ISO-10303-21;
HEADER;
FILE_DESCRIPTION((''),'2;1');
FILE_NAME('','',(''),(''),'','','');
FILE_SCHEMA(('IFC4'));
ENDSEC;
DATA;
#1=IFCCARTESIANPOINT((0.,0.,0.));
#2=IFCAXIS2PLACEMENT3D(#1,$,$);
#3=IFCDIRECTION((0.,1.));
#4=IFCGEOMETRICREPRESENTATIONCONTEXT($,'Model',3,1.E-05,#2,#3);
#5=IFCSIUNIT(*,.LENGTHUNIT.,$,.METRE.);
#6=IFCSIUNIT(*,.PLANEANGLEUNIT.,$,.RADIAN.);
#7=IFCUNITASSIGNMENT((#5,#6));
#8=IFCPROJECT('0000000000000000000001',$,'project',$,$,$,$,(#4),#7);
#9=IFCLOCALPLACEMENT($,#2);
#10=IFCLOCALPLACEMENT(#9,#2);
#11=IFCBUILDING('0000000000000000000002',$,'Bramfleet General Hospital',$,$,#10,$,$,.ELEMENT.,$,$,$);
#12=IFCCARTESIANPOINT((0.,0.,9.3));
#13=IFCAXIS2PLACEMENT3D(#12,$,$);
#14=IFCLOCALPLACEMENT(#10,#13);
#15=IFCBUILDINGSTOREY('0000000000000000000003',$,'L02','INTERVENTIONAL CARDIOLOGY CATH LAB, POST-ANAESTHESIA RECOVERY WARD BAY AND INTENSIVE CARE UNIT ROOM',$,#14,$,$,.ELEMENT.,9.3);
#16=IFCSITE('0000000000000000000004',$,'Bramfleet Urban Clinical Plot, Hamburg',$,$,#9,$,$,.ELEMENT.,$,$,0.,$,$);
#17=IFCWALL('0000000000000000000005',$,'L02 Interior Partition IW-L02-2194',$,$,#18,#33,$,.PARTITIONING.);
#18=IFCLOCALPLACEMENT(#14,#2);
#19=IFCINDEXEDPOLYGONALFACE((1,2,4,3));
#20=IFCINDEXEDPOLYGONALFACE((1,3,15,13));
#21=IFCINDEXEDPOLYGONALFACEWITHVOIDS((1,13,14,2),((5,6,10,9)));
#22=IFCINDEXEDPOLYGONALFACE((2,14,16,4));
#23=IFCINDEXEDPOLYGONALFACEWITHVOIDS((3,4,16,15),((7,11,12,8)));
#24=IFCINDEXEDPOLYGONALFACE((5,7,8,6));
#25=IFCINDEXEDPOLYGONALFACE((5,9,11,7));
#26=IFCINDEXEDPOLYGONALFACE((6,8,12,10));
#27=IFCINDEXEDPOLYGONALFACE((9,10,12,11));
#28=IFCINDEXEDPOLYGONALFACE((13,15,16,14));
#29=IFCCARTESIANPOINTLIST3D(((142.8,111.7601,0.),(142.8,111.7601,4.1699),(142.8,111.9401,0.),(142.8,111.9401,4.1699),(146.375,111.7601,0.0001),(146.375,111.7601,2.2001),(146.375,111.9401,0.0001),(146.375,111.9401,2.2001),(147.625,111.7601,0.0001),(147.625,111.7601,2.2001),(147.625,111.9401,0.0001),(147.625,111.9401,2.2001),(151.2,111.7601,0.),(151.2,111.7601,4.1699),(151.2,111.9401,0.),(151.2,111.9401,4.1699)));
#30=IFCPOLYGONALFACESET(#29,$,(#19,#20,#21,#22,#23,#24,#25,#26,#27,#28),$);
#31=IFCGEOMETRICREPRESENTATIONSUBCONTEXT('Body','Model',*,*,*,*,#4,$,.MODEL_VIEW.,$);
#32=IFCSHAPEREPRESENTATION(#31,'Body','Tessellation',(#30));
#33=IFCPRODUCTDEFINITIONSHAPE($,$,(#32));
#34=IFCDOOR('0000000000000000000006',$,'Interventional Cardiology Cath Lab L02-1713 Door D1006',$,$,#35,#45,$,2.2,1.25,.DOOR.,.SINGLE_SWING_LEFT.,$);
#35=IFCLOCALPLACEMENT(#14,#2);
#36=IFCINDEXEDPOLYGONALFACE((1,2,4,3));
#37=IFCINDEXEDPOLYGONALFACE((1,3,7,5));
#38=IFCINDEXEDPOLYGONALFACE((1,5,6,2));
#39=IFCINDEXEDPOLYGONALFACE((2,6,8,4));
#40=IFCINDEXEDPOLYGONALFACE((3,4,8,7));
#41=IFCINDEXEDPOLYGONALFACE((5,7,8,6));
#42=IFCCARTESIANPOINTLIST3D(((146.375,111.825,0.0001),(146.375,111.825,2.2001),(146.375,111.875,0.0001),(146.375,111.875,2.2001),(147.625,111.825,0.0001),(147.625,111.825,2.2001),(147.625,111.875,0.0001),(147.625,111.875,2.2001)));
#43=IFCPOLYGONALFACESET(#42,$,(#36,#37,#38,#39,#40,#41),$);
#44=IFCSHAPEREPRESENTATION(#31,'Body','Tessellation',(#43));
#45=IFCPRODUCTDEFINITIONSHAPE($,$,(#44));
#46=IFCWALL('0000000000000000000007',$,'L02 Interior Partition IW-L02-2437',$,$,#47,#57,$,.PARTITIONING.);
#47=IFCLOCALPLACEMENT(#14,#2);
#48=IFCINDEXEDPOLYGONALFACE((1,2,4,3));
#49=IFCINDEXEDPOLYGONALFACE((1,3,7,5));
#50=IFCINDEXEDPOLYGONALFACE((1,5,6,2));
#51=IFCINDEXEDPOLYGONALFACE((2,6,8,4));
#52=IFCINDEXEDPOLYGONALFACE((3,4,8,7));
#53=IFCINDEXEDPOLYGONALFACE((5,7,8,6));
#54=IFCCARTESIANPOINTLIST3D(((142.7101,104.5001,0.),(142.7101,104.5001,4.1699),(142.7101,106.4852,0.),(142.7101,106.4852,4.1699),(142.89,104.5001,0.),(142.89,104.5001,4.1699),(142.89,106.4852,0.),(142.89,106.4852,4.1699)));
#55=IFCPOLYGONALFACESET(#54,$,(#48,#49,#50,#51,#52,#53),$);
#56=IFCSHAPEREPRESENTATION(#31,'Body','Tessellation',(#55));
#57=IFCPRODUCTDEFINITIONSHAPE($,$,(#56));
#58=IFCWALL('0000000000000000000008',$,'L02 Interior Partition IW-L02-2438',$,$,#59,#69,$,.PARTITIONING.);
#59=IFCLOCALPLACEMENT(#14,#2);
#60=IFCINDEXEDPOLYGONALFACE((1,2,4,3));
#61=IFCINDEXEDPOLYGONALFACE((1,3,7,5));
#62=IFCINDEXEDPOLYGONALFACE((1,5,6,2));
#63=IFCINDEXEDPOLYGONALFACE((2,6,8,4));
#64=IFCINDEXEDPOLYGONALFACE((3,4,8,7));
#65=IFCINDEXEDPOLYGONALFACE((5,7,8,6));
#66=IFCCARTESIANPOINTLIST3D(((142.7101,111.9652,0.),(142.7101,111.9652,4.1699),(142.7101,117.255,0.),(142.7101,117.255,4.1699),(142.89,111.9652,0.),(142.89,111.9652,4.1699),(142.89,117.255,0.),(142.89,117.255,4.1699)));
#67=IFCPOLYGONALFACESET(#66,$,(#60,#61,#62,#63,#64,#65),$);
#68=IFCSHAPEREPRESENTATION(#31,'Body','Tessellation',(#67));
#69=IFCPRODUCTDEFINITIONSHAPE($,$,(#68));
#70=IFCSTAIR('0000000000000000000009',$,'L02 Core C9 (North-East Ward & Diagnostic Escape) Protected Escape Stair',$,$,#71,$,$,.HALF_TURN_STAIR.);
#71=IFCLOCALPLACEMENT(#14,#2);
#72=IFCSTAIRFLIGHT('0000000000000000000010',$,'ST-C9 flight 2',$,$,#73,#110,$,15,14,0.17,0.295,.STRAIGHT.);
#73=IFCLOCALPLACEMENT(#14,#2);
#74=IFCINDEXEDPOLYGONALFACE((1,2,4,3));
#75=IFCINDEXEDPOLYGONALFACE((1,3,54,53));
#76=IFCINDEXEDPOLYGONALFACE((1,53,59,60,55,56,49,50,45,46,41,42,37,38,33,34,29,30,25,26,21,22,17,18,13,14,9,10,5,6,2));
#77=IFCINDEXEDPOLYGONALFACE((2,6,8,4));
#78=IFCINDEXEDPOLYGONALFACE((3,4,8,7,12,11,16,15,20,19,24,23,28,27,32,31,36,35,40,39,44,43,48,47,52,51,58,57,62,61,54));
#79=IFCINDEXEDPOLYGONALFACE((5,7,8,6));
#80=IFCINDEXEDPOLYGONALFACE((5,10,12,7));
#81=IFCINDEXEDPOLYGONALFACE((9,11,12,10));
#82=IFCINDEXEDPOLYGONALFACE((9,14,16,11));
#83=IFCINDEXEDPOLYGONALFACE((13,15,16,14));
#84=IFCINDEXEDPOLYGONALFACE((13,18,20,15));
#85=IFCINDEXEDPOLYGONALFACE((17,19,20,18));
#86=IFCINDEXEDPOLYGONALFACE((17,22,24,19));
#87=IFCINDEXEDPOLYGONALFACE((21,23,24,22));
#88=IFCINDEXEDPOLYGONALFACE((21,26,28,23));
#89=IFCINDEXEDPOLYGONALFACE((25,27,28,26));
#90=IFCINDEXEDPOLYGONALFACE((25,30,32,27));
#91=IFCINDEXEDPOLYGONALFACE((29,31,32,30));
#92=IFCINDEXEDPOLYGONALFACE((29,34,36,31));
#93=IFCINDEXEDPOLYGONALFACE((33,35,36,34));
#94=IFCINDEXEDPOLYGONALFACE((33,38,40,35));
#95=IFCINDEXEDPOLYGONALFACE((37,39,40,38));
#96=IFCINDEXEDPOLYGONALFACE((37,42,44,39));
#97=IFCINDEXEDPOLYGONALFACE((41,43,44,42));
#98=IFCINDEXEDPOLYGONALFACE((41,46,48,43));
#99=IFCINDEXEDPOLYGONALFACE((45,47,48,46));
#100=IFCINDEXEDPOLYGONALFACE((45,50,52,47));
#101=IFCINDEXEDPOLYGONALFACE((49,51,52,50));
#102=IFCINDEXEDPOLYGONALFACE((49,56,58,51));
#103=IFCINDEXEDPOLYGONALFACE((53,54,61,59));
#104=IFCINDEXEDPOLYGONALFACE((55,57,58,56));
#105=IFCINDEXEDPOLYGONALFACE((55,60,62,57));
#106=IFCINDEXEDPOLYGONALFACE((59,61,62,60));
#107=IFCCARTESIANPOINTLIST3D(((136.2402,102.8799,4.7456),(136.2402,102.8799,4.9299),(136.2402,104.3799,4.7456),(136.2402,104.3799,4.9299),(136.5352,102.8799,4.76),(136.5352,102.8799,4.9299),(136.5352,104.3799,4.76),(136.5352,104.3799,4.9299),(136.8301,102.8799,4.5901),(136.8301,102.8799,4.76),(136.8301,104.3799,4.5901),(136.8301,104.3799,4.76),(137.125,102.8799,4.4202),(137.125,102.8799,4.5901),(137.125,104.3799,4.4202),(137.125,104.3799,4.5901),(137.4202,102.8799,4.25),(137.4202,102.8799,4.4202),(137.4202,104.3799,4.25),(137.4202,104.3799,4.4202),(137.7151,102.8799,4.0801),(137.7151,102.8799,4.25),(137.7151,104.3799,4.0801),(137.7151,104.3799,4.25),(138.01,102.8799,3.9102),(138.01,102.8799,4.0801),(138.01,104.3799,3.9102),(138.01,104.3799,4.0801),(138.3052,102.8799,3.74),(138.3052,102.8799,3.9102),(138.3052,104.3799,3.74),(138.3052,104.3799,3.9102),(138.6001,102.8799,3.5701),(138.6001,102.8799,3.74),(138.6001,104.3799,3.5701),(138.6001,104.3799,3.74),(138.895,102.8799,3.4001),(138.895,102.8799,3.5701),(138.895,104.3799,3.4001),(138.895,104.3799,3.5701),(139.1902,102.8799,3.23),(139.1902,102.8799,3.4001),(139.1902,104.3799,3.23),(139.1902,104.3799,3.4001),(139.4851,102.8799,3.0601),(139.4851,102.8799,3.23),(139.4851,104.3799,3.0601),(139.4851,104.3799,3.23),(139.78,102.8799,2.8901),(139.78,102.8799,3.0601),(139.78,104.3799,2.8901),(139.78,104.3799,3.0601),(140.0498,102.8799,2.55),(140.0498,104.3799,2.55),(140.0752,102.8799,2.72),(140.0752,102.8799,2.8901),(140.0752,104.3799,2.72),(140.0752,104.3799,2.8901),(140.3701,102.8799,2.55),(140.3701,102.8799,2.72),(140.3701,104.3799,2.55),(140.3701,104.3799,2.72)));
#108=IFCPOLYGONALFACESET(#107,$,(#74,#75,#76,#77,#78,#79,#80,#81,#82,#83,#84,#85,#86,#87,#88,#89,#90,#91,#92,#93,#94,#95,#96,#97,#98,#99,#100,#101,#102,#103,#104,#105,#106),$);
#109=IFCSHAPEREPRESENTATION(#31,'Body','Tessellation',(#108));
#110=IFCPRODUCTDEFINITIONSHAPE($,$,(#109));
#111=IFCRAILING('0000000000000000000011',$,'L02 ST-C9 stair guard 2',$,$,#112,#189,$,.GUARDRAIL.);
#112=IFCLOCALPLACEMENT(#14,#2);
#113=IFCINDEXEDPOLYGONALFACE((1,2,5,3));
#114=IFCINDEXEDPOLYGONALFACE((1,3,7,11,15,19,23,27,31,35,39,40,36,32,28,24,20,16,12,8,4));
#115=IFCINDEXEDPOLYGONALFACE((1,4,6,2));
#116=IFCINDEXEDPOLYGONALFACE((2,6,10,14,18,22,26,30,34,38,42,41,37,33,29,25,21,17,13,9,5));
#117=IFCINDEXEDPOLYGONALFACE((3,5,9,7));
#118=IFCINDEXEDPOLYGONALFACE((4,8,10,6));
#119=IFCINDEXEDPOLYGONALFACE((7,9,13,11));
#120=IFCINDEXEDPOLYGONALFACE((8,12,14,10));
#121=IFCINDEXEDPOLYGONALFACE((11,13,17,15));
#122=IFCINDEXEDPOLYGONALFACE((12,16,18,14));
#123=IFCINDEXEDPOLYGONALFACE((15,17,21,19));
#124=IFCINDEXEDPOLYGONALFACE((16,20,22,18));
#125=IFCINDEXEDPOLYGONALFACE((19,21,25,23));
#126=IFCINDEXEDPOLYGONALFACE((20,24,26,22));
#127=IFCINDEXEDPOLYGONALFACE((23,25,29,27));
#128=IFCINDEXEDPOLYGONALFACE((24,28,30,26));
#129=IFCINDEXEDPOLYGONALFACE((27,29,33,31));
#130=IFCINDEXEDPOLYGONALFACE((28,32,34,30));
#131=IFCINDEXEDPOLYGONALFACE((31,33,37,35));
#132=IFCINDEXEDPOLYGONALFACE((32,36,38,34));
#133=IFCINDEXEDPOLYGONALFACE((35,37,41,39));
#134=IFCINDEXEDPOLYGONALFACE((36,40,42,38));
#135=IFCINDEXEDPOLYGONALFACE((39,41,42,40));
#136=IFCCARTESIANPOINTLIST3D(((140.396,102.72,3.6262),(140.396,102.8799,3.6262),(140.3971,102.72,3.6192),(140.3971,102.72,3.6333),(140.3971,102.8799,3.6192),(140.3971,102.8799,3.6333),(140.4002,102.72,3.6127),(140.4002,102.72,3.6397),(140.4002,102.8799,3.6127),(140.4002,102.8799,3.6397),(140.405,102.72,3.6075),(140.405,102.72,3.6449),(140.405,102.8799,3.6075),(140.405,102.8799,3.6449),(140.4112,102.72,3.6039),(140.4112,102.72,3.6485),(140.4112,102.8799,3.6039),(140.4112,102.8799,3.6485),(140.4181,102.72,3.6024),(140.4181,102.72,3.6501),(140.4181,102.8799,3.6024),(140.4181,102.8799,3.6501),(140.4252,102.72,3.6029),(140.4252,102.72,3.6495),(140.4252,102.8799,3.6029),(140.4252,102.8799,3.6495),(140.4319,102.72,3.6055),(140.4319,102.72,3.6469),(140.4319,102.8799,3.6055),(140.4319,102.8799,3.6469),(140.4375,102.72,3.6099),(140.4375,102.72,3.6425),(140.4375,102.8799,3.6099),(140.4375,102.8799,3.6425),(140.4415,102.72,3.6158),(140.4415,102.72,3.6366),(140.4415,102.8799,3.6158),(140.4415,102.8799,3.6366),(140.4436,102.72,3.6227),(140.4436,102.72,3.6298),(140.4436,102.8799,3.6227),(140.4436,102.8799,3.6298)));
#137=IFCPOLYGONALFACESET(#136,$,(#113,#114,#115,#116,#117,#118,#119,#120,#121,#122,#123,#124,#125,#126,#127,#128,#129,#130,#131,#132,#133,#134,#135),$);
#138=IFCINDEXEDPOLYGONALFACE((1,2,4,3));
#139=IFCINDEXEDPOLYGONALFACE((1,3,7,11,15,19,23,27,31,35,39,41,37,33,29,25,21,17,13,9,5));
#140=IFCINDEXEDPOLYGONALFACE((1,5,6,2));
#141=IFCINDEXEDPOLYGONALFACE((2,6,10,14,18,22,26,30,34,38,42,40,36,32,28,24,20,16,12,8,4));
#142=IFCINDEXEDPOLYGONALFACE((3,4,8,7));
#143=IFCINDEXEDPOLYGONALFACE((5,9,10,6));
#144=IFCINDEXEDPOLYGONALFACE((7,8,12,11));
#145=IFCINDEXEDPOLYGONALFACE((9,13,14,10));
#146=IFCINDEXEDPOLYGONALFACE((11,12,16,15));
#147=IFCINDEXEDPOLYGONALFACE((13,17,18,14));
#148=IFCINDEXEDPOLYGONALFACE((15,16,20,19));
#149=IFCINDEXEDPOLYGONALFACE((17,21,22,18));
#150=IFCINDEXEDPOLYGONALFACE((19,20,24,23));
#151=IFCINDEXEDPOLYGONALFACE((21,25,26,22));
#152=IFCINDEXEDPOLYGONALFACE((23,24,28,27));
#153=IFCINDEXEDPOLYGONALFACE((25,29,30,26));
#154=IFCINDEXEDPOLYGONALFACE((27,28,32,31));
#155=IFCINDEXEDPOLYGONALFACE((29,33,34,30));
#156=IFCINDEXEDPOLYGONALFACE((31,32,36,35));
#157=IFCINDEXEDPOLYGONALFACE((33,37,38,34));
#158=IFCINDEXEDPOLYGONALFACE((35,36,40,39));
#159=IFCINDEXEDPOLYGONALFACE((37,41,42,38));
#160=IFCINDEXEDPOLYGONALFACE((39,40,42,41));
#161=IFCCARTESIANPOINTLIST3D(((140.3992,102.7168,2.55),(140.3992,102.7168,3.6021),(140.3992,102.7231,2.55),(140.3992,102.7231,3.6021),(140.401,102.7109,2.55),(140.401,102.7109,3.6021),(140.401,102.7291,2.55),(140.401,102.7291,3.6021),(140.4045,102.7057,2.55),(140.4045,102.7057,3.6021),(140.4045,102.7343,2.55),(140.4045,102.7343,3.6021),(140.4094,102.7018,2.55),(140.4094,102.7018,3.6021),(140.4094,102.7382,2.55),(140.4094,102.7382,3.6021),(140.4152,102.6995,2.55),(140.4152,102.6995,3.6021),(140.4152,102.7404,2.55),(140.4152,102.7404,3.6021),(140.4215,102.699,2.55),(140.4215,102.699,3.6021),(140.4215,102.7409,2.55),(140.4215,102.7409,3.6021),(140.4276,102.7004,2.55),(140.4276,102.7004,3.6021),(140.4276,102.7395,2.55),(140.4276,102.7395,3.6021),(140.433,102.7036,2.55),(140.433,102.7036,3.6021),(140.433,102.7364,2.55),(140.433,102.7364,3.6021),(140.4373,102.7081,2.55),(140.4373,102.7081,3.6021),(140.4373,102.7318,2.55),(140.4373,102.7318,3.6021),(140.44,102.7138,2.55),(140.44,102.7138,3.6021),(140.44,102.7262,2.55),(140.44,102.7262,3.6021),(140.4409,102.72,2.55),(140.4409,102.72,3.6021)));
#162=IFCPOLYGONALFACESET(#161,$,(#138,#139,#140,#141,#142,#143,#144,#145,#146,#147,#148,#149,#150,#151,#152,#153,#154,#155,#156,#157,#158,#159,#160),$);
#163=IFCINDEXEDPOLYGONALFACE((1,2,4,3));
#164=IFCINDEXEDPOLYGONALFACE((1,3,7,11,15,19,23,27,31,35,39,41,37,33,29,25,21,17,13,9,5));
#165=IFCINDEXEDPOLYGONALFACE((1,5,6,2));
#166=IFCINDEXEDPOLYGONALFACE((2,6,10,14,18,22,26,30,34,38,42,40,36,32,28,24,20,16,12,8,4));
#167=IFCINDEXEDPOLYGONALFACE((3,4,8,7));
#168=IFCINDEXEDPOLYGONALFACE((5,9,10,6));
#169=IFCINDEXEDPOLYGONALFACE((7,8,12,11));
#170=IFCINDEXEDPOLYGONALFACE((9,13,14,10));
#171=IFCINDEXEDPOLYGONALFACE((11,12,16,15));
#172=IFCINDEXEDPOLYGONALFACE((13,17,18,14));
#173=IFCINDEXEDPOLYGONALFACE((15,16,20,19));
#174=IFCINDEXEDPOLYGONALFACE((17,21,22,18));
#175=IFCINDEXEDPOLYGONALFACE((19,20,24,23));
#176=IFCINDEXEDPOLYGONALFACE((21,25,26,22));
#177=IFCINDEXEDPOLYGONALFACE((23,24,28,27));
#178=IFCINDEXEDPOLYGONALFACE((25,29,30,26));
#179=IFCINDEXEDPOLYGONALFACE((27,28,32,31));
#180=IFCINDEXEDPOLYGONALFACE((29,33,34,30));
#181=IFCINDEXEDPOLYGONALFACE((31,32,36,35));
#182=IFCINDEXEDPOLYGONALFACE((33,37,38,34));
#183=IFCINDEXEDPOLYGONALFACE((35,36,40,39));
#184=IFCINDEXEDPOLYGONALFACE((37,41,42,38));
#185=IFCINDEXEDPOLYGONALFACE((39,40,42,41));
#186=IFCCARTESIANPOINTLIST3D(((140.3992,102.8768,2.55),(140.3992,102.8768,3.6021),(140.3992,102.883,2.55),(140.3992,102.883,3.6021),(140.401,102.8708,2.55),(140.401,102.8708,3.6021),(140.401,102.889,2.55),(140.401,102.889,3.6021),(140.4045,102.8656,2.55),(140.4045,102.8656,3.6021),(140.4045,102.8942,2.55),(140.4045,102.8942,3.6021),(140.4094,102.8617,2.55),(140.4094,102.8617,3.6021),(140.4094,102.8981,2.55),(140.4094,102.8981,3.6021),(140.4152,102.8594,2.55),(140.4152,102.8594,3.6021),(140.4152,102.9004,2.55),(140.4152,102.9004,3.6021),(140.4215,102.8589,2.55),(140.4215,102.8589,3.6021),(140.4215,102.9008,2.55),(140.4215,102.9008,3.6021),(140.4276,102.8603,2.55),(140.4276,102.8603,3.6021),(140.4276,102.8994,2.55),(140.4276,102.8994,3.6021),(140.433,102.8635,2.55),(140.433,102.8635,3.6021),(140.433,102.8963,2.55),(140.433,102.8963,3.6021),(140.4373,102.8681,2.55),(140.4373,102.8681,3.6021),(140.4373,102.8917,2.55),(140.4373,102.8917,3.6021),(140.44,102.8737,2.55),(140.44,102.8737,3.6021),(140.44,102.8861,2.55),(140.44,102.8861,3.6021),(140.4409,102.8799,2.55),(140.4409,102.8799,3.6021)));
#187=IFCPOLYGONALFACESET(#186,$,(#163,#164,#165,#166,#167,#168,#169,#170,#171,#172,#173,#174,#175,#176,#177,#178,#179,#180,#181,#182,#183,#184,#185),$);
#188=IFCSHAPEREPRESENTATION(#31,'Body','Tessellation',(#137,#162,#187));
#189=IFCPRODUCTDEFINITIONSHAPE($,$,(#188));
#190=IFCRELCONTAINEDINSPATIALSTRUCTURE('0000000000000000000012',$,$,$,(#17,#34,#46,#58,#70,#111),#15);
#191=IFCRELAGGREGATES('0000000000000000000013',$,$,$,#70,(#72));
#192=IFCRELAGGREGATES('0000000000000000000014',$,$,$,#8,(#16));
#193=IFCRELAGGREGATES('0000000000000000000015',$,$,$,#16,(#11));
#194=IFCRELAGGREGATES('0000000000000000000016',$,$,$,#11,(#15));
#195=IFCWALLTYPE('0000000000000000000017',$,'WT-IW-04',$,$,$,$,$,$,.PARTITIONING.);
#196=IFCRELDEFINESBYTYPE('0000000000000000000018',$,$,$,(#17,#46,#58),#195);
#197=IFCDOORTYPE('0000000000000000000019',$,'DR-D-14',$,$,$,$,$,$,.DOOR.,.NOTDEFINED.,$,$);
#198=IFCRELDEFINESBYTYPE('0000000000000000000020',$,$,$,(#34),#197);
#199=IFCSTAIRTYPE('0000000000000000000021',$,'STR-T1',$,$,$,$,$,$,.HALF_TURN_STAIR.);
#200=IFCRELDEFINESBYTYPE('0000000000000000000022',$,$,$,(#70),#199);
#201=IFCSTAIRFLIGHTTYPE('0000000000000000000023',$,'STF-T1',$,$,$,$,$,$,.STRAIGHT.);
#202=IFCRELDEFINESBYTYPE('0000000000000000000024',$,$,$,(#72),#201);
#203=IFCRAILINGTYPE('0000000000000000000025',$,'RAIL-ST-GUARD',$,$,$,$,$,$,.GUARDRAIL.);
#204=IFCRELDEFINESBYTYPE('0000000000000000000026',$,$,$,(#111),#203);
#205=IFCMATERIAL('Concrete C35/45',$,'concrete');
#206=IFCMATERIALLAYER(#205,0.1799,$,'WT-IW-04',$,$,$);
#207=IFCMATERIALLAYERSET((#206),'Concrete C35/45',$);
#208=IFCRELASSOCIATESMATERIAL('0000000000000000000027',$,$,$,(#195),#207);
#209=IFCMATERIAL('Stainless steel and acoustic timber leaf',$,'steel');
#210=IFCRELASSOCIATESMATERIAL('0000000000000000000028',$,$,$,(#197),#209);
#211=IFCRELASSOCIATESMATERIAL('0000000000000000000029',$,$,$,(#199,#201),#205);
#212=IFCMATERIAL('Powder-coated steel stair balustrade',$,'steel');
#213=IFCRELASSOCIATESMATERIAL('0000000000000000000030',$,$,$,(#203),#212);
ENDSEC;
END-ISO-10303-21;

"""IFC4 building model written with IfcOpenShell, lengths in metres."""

from ifc_helpers import new_model, si_unit, direction, frame, frame_2d, origin, origin_2d, place, context, subcontext, project, spatial, polyline, rectangle, circle, outline, extrude, material, layer, layer_set, type_object, element, fill, aggregate, save


model = new_model("IFC4")

# Units and contexts
model_context = context("Model", 3, precision=1e-05, world=origin(), true_north=direction((0.0, 1.0)))
body_context = subcontext(model_context, "Body", "Model", "MODEL_VIEW")
ifc_project = project(units=[si_unit("LENGTHUNIT", "METRE"), si_unit("PLANEANGLEUNIT", "RADIAN")], contexts=[model_context])

# Site, building, storey
site_placement = place(None, origin())
site = spatial("IfcSite", under=ifc_project, at=site_placement, Name="Bramfleet Urban Clinical Plot, Hamburg", CompositionType="ELEMENT", RefElevation=0.0)
building_placement = place(site_placement, origin())
building = spatial("IfcBuilding", under=site, at=building_placement, Name="Bramfleet General Hospital", CompositionType="ELEMENT")
storey_placement = place(building_placement, frame((0.0, 0.0, 9.3)))
storey = spatial("IfcBuildingStorey", under=building, at=storey_placement, Name="L02", Description="INTERVENTIONAL CARDIOLOGY CATH LAB, POST-ANAESTHESIA RECOVERY WARD BAY AND INTENSIVE CARE UNIT ROOM", CompositionType="ELEMENT", Elevation=9.3)

# Shared definitions
ifc_material_1 = material(Name="Concrete C35/45", Category="concrete")

# Shared definitions
ifc_layer_1 = layer(ifc_material_1, 0.1799, Name="WT-IW-04")
ifc_layer_set_1 = layer_set([ifc_layer_1], Name="Concrete C35/45")
wall_type_1 = type_object("IfcWallType", Name="WT-IW-04", PredefinedType="PARTITIONING", material=ifc_layer_set_1)
ifc_material_2 = material(Name="Stainless steel and acoustic timber leaf", Category="steel")

# Wall, opening, door
wall_1_placement = place(storey_placement, frame((142.8, 111.8501, 0.0), z_axis=(0.0, 0.0, 1.0), x_axis=(1.0, 0.0, 0.0)))
wall_1 = element("IfcWall", 1, at=wall_1_placement, inside=storey, type_object=wall_type_1, Name="L02 Interior Partition IW-L02-2194", PredefinedType="PARTITIONING", context=body_context, shape_type="SweptSolid", body=[
    extrude(rectangle(XDim=8.3999, YDim=0.1799, at=frame_2d((4.2, 0.0))), origin(), (0.0, 0.0, 1.0), 4.1699),
])
opening_1_placement = place(wall_1_placement, frame((3.575, 0.0, 0.0)))
opening_1 = element("IfcOpeningElement", 2, at=opening_1_placement, cuts=wall_1, PredefinedType="OPENING", context=body_context, shape_type="SweptSolid", body=[
    extrude(rectangle(XDim=1.25, YDim=2.2, at=frame_2d((0.625, 1.1001))), frame((0.0, 0.0999, 0.0), z_axis=(0.0, -1.0, 0.0), x_axis=(1.0, 0.0, 0.0)), (0.0, 0.0, 1.0), 0.2),
])
door_type_1 = type_object("IfcDoorType", Name="DR-D-14", OperationType="NOTDEFINED", PredefinedType="DOOR", material=ifc_material_2)
door_1_placement = place(opening_1_placement, origin())
door_1 = element("IfcDoor", 3, at=door_1_placement, inside=storey, type_object=door_type_1, Name="Interventional Cardiology Cath Lab L02-1713 Door D1006", OperationType="SINGLE_SWING_LEFT", OverallHeight=2.2, OverallWidth=1.25, PredefinedType="DOOR", context=body_context, shape_type="SweptSolid", body=[
    extrude(rectangle(XDim=1.25, YDim=2.2, at=frame_2d((0.625, 1.1001))), frame((0.0, 0.0249, 0.0), z_axis=(0.0, -1.0, 0.0), x_axis=(1.0, 0.0, 0.0)), (0.0, 0.0, 1.0), 0.05),
])
fill(opening_1, door_1)

# Walls
wall_2_placement = place(storey_placement, frame((142.8, 104.5, 0.0), z_axis=(0.0, 0.0, 1.0), x_axis=(0.0, 1.0, 0.0)))
element("IfcWall", 4, at=wall_2_placement, inside=storey, type_object=wall_type_1, Name="L02 Interior Partition IW-L02-2437", PredefinedType="PARTITIONING", context=body_context, shape_type="SweptSolid", body=[
    extrude(rectangle(XDim=1.9851, YDim=0.1799, at=frame_2d((0.9927, 0.0))), origin(), (0.0, 0.0, 1.0), 4.1699),
])
wall_3_placement = place(storey_placement, frame((142.8, 111.9651, 0.0), z_axis=(0.0, 0.0, 1.0), x_axis=(0.0, 1.0, 0.0)))
element("IfcWall", 5, at=wall_3_placement, inside=storey, type_object=wall_type_1, Name="L02 Interior Partition IW-L02-2438", PredefinedType="PARTITIONING", context=body_context, shape_type="SweptSolid", body=[
    extrude(rectangle(XDim=5.2898, YDim=0.1799, at=frame_2d((2.645, 0.0))), origin(), (0.0, 0.0, 1.0), 4.1699),
])

# Stair, stair flight
stair_type = type_object("IfcStairType", Name="STR-T1", PredefinedType="HALF_TURN_STAIR", material=ifc_material_1)
stair_placement = place(storey_placement, origin())
stair = element("IfcStair", 6, at=stair_placement, inside=storey, type_object=stair_type, Name="L02 Core C9 (North-East Ward & Diagnostic Escape) Protected Escape Stair", PredefinedType="HALF_TURN_STAIR")
stair_flight_type = type_object("IfcStairFlightType", Name="STF-T1", PredefinedType="STRAIGHT", material=ifc_material_1)
stair_flight_placement = place(storey_placement, frame((140.3701, 103.6299, 2.55), z_axis=(0.0, 0.0, 1.0), x_axis=(-1.0, 0.0, 0.0)))
stair_flight = element("IfcStairFlight", 7, at=stair_flight_placement, type_object=stair_flight_type, Name="ST-C9 flight 2", NumberOfRisers=15, NumberOfTreads=14, PredefinedType="STRAIGHT", RiserHeight=0.17, TreadLength=0.295, context=body_context, shape_type="SweptSolid", body=[
    extrude(outline(polyline([(0.0, 0.0), (0.0, 0.1699), (0.2949, 0.1699), (0.2949, 0.3401), (0.5901, 0.3401), (0.5901, 0.51), (0.885, 0.51), (0.885, 0.6799), (1.1799, 0.6799), (1.1799, 0.8501), (1.4751, 0.8501), (1.4751, 1.02), (1.77, 1.02), (1.77, 1.1899), (2.0649, 1.1899), (2.0649, 1.3601), (2.3601, 1.3601), (2.3601, 1.53), (2.655, 1.53), (2.655, 1.7), (2.95, 1.7), (2.95, 1.8701), (3.2451, 1.8701), (3.2451, 2.04), (3.54, 2.04), (3.54, 2.21), (3.835, 2.21), (3.835, 2.3799), (4.1299, 2.3799), (4.1299, 2.55), (4.1299, 2.1956), (0.3203, 0.0), (0.0, 0.0)])), frame((0.0, 0.75, 0.0), z_axis=(0.0, -1.0, 0.0), x_axis=(1.0, 0.0, 0.0)), (0.0, 0.0, 1.0), 1.5),
])
aggregate(stair, [stair_flight])

# Railing
ifc_material_3 = material(Name="Powder-coated steel stair balustrade", Category="steel")
railing_type_1 = type_object("IfcRailingType", Name="RAIL-ST-GUARD", PredefinedType="GUARDRAIL", material=ifc_material_3)
railing_1_placement = place(storey_placement, frame((140.4199, 102.72, 2.55)))
element("IfcRailing", 8, at=railing_1_placement, inside=storey, type_object=railing_type_1, Name="L02 ST-C9 stair guard 2", PredefinedType="GUARDRAIL", context=body_context, shape_type="SweptSolid", body=[
    extrude(circle(Radius=0.0239, at=origin_2d()), frame((0.0, 0.0, 1.0762), z_axis=(0.0, 1.0, 0.0), x_axis=(-1.0, 0.0, 0.0)), (0.0, 0.0, 1.0), 0.1599),
    extrude(circle(Radius=0.021, at=origin_2d()), origin(), (0.0, 0.0, 1.0), 1.052),
    extrude(circle(Radius=0.021, at=origin_2d()), frame((0.0, 0.1599, 0.0)), (0.0, 0.0, 1.0), 1.052),
])

save(model, "model.ifc")
